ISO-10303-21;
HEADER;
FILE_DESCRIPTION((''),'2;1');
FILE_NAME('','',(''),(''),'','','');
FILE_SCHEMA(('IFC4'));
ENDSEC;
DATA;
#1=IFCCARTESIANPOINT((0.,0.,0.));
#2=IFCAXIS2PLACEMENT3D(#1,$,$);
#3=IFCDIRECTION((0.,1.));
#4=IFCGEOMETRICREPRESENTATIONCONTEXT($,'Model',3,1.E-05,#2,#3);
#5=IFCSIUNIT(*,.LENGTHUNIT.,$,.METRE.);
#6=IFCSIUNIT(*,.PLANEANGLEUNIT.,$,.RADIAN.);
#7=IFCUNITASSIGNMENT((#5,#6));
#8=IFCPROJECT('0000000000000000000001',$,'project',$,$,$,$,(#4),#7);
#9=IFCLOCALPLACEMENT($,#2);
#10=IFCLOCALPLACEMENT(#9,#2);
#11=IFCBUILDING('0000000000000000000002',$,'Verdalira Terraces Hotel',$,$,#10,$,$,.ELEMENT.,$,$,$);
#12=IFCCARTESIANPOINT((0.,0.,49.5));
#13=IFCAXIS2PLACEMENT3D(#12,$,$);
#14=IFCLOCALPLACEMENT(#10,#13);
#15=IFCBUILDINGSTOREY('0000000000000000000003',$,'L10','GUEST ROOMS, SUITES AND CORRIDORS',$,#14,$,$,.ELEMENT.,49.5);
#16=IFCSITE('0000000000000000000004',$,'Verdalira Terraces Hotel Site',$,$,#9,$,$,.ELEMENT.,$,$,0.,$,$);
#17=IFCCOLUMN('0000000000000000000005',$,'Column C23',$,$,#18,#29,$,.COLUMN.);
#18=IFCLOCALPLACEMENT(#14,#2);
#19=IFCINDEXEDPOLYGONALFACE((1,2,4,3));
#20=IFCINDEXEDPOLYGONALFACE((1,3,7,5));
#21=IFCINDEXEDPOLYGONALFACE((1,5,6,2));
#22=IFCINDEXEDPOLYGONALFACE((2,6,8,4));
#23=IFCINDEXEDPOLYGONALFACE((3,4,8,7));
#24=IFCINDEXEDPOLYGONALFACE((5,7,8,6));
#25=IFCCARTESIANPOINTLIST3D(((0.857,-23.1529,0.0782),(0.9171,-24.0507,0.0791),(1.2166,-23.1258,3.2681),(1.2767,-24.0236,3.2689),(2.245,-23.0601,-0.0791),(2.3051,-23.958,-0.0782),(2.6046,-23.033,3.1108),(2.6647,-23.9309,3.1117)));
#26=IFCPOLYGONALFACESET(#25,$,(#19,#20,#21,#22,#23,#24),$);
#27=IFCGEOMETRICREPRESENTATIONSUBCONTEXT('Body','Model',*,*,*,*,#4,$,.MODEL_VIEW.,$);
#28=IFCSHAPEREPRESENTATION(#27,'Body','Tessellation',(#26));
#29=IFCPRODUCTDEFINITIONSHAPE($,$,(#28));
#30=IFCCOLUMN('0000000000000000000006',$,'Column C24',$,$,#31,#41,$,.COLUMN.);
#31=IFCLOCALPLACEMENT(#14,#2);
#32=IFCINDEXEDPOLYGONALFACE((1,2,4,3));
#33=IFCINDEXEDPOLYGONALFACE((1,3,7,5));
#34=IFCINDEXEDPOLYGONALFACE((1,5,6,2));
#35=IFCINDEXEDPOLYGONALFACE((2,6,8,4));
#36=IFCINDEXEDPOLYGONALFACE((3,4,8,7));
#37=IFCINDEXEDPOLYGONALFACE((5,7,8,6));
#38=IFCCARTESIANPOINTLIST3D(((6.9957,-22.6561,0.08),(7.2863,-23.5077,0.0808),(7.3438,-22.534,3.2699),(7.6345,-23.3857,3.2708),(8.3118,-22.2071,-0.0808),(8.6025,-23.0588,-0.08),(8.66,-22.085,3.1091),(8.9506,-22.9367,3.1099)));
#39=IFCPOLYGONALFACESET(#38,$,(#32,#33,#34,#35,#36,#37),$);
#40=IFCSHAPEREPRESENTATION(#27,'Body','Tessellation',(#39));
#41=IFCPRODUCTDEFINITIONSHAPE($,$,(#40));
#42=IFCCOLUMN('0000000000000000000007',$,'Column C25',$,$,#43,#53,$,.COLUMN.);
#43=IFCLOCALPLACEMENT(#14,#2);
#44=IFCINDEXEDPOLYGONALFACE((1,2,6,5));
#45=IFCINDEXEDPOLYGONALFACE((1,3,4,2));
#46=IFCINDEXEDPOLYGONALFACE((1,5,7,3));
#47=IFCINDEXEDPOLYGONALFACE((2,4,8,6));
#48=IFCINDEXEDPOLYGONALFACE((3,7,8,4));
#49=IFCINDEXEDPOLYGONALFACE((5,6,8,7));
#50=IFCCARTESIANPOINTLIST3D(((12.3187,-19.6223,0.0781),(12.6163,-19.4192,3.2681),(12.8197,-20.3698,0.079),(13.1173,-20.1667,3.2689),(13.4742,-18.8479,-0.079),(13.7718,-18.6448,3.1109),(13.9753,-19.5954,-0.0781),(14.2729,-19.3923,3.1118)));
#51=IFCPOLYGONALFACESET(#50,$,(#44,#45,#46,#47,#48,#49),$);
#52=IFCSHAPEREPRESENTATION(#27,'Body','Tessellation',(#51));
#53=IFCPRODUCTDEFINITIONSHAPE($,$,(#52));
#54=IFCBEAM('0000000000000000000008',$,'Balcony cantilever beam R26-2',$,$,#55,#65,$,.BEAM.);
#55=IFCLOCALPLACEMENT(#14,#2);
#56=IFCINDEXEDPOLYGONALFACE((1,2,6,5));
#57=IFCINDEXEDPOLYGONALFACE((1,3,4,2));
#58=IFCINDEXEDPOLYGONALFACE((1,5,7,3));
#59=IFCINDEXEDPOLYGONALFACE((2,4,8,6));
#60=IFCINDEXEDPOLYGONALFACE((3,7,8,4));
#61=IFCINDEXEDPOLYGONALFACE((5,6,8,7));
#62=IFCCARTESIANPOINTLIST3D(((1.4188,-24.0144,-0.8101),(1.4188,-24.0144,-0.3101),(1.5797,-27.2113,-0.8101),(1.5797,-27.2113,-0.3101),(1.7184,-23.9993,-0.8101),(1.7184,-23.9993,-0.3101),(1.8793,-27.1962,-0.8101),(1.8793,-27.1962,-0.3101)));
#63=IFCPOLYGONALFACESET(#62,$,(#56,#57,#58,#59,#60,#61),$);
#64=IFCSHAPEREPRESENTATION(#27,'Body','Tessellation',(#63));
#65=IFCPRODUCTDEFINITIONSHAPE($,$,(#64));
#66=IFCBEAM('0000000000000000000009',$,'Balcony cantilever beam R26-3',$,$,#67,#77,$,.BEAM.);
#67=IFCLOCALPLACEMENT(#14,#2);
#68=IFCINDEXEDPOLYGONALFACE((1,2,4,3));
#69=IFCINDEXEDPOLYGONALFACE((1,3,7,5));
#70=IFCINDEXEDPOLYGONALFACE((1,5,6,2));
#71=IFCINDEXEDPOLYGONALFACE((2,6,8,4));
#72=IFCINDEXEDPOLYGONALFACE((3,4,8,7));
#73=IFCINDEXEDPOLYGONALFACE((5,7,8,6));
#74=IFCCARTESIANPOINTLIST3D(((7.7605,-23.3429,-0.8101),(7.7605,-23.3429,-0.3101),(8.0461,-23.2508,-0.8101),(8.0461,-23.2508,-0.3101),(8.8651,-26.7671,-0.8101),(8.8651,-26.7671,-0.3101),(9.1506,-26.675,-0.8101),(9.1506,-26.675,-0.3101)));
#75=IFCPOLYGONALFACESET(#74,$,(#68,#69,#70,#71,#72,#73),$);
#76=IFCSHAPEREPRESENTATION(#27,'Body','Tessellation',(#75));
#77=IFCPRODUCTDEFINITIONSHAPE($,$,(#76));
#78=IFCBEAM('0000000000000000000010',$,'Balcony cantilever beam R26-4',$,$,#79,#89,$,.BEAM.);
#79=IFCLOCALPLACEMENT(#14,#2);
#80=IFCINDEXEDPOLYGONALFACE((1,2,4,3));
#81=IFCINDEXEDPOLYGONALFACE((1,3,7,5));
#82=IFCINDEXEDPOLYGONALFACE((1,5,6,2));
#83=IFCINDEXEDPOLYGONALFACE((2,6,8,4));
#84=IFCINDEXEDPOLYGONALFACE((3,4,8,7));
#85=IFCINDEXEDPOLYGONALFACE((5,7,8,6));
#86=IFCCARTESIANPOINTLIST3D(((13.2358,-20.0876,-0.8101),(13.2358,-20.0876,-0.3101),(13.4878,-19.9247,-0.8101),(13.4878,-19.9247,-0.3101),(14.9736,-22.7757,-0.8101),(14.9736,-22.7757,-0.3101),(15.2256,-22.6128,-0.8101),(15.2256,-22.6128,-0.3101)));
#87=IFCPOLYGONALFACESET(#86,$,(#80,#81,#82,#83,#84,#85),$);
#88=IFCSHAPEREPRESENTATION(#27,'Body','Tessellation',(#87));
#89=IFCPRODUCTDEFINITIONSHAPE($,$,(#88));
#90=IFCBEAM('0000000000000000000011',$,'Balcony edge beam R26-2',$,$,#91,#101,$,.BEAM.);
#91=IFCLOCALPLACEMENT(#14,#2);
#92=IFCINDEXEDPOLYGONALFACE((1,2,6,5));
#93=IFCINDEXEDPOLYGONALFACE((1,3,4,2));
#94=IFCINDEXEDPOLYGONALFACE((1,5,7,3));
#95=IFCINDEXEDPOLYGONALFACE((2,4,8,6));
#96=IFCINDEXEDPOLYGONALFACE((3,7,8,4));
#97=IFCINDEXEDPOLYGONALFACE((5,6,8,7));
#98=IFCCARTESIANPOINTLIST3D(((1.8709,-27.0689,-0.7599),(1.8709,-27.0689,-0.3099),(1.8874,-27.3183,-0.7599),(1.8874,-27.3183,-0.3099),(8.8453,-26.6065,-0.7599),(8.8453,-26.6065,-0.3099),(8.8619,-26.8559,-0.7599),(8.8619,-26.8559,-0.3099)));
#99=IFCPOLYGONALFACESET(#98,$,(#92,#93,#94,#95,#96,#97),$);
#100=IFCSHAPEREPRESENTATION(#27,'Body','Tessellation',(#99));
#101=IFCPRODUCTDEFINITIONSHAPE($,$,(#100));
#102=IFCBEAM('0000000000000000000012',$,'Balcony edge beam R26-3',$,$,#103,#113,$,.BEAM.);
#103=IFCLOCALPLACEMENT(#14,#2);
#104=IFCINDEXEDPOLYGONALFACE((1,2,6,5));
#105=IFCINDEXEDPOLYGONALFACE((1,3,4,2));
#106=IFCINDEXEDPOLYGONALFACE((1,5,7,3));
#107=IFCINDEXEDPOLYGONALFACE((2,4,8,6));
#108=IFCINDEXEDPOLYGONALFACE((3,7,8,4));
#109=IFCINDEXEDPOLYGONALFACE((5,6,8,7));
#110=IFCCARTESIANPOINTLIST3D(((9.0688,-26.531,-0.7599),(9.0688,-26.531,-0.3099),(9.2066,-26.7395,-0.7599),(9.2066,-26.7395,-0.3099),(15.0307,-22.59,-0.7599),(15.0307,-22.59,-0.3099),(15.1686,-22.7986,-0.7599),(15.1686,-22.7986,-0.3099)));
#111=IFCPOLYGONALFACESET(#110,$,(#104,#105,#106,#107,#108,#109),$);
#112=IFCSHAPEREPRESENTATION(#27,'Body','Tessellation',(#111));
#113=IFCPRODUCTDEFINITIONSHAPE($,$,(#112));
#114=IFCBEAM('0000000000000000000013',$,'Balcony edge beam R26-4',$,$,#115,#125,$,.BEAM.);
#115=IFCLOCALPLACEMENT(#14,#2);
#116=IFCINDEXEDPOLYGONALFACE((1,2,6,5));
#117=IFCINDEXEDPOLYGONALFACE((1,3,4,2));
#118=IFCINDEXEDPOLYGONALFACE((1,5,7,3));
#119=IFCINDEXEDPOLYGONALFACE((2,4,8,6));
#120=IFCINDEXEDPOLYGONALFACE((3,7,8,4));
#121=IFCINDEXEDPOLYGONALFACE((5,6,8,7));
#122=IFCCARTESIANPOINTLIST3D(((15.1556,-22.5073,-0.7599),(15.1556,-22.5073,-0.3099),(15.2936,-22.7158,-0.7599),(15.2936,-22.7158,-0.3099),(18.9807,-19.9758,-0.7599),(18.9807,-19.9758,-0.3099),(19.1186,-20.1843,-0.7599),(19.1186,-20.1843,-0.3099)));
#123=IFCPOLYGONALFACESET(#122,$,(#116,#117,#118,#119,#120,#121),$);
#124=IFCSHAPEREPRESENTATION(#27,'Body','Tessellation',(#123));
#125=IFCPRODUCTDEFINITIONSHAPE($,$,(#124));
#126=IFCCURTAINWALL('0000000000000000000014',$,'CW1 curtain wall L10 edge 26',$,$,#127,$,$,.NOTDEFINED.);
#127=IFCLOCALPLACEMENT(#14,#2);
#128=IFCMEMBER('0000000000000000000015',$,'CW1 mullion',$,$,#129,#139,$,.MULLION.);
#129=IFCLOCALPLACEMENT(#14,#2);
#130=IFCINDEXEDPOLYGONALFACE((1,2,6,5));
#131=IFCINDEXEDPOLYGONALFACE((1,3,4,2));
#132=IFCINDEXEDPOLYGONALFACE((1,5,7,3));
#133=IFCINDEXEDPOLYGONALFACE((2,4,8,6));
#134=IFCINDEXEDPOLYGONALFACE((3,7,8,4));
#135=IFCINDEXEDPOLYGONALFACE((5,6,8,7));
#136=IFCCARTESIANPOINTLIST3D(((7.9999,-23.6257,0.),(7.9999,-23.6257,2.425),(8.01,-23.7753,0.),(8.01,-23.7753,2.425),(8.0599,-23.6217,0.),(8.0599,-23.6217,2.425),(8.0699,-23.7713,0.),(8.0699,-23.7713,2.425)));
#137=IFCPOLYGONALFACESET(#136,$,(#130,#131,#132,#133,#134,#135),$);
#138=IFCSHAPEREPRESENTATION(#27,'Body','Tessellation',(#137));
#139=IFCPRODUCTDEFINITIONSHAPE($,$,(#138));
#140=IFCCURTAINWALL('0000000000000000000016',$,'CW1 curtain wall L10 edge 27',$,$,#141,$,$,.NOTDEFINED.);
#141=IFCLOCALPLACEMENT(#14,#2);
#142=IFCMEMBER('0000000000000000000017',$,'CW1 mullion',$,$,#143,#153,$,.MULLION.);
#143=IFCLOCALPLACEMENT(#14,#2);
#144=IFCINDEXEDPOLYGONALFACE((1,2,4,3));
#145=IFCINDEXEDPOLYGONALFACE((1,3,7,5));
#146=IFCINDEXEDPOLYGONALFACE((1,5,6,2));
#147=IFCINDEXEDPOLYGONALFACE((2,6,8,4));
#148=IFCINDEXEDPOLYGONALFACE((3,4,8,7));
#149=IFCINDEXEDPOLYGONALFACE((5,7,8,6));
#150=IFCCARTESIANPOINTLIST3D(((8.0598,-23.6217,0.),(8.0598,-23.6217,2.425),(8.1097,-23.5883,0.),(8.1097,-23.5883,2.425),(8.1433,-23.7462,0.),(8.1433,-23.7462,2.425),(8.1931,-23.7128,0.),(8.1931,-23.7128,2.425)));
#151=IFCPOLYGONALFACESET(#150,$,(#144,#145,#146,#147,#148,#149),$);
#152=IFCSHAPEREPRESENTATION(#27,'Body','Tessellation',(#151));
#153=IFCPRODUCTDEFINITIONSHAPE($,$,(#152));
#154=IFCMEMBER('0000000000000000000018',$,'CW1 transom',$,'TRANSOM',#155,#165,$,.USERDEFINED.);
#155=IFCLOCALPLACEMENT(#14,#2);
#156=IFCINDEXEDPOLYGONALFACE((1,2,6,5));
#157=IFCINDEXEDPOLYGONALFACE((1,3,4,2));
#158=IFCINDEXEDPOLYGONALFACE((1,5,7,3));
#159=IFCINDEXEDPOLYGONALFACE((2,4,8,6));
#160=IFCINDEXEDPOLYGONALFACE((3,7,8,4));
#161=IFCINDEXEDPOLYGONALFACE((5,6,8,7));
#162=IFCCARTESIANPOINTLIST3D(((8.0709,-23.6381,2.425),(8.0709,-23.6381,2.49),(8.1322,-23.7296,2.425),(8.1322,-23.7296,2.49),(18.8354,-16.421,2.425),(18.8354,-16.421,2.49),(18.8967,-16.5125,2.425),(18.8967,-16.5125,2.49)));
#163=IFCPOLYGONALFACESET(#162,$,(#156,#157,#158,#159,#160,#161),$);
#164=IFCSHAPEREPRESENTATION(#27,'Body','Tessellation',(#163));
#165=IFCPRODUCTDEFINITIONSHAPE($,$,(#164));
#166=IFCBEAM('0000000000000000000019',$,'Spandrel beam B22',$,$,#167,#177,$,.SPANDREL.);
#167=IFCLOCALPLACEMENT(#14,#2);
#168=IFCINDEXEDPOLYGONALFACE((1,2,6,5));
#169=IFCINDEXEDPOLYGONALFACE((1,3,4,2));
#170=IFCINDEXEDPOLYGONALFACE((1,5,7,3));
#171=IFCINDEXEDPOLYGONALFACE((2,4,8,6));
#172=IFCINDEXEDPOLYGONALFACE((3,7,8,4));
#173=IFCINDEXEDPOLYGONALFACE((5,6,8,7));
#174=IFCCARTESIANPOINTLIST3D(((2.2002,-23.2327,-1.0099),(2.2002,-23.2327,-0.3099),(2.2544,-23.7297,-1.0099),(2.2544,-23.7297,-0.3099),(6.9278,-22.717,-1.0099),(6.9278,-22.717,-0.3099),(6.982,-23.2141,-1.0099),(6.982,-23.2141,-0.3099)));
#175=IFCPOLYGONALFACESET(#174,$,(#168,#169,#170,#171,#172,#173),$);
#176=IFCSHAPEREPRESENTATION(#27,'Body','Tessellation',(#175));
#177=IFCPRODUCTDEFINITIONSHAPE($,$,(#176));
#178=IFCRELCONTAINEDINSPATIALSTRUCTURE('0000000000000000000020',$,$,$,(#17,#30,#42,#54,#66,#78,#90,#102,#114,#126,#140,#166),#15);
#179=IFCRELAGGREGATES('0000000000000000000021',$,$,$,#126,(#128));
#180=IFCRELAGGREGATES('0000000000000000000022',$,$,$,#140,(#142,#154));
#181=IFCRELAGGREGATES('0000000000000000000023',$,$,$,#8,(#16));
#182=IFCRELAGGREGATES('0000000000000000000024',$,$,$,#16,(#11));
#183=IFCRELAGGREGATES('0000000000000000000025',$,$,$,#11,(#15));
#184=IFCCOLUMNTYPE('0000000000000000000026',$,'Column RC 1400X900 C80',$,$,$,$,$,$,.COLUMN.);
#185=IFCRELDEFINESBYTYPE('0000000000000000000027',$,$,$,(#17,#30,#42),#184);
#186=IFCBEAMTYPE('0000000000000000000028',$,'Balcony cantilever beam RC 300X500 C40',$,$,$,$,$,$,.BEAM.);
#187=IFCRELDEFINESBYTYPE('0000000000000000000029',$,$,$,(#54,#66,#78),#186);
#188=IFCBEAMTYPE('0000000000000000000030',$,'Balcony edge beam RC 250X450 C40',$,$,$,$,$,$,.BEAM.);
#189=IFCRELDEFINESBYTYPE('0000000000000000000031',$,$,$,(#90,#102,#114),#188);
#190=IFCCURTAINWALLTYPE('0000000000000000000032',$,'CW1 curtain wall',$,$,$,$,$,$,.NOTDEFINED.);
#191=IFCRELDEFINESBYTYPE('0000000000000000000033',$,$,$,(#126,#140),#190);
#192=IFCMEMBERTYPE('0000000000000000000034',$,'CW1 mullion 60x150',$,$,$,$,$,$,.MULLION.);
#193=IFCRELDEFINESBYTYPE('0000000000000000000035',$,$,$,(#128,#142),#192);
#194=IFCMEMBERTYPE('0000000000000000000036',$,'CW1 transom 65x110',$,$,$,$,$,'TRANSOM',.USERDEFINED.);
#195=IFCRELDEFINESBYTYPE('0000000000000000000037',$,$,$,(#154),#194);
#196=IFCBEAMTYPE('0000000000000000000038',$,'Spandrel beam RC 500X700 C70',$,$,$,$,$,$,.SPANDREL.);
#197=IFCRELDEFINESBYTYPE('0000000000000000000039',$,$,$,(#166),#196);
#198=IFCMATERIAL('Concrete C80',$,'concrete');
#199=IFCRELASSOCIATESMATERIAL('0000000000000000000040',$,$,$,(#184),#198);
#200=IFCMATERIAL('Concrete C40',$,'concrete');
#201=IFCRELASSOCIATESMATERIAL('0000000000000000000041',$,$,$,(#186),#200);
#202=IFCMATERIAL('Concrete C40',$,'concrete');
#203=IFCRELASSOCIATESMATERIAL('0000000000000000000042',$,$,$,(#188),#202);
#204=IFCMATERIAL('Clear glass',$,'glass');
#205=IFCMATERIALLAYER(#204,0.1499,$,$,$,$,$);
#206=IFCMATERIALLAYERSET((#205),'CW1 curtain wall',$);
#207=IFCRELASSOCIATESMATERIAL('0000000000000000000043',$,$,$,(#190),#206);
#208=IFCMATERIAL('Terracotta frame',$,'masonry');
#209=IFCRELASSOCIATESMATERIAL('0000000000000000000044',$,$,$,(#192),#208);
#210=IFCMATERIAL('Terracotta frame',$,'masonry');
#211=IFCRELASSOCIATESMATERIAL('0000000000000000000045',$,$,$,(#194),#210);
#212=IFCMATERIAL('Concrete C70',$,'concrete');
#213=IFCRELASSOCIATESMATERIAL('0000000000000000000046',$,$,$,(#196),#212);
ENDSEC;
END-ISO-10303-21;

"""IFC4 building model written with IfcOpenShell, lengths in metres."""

from ifc_helpers import new_model, si_unit, direction, frame, origin, origin_2d, place, context, subcontext, project, spatial, rectangle, extrude, material, layer, layer_set, material_profile, profile_set, type_object, element, aggregate, save


model = new_model("IFC4")

# Units and contexts
model_context = context("Model", 3, precision=1e-05, world=origin(), true_north=direction((0.0, 1.0)))
body_context = subcontext(model_context, "Body", "Model", "MODEL_VIEW")
ifc_project = project(units=[si_unit("LENGTHUNIT", "METRE"), si_unit("PLANEANGLEUNIT", "RADIAN")], contexts=[model_context])

# Site, building, storey
site_placement = place(None, origin())
site = spatial("IfcSite", under=ifc_project, at=site_placement, Name="Verdalira Terraces Hotel Site", CompositionType="ELEMENT", RefElevation=0.0)
building_placement = place(site_placement, origin())
building = spatial("IfcBuilding", under=site, at=building_placement, Name="Verdalira Terraces Hotel", CompositionType="ELEMENT")
storey_placement = place(building_placement, frame((0.0, 0.0, 49.5)))
storey = spatial("IfcBuildingStorey", under=building, at=storey_placement, Name="L10", Description="GUEST ROOMS, SUITES AND CORRIDORS", CompositionType="ELEMENT", Elevation=49.5)

# Columns
ifc_material_1 = material(Name="Concrete C80", Category="concrete")
ifc_material_profile_1 = material_profile(ifc_material_1, rectangle(XDim=1.3999, YDim=0.8999, at=origin_2d()), Name="RC 1400X900")
ifc_profile_set_1 = profile_set([ifc_material_profile_1], Name="Concrete C80")
column_type = type_object("IfcColumnType", Name="Column RC 1400X900 C80", PredefinedType="COLUMN", material=ifc_profile_set_1)
column_1_placement = place(storey_placement, frame((1.5811, -23.5554, 0.0), z_axis=(0.112022, 0.008442, 0.99367), x_axis=(0.991459, 0.066257, -0.112335)))
element("IfcColumn", 1, at=column_1_placement, inside=storey, type_object=column_type, Name="Column C23", PredefinedType="COLUMN", context=body_context, shape_type="SweptSolid", body=[
    extrude(rectangle(XDim=1.3999, YDim=0.8999, at=origin_2d()), origin(), (0.0, 0.0, 1.0), 3.2102),
])
column_2_placement = place(storey_placement, frame((7.7991, -22.8574, 0.0), z_axis=(0.108416, 0.038014, 0.993379), x_axis=(-0.940181, -0.32072, 0.114883)))
element("IfcColumn", 2, at=column_2_placement, inside=storey, type_object=column_type, Name="Column C24", PredefinedType="COLUMN", context=body_context, shape_type="SweptSolid", body=[
    extrude(rectangle(XDim=1.3999, YDim=0.8999, at=origin_2d()), origin(), (0.0, 0.0, 1.0), 3.2112),
])
column_3_placement = place(storey_placement, frame((13.147, -19.6089, 0.0), z_axis=(0.092706, 0.063274, 0.993681), x_axis=(0.82546, 0.55319, -0.112237)))
element("IfcColumn", 3, at=column_3_placement, inside=storey, type_object=column_type, Name="Column C25", PredefinedType="COLUMN", context=body_context, shape_type="SweptSolid", body=[
    extrude(rectangle(XDim=1.3999, YDim=0.8999, at=origin_2d()), origin(), (0.0, 0.0, 1.0), 3.2102),
])

# Beams
ifc_material_2 = material(Name="Concrete C40", Category="concrete")
ifc_material_profile_2 = material_profile(ifc_material_2, rectangle(XDim=0.3, YDim=0.5, at=origin_2d()), Name="RC 300X500")
ifc_profile_set_2 = profile_set([ifc_material_profile_2], Name="Concrete C40")
beam_type_1 = type_object("IfcBeamType", Name="Balcony cantilever beam RC 300X500 C40", PredefinedType="BEAM", material=ifc_profile_set_2)
beam_1_placement = place(storey_placement, frame((1.5686, -24.0068, -0.5601), z_axis=(0.050265, -0.998736, 0.0), x_axis=(0.998736, 0.050265, 0.0)))
element("IfcBeam", 4, at=beam_1_placement, inside=storey, type_object=beam_type_1, Name="Balcony cantilever beam R26-2", PredefinedType="BEAM", context=body_context, shape_type="SweptSolid", body=[
    extrude(rectangle(XDim=0.3, YDim=0.5, at=origin_2d()), origin(), (0.0, 0.0, 1.0), 3.2009),
])
beam_2_placement = place(storey_placement, frame((7.9033, -23.2969, -0.5601), z_axis=(0.306991, -0.951712, 0.0), x_axis=(0.951712, 0.306991, 0.0)))
element("IfcBeam", 5, at=beam_2_placement, inside=storey, type_object=beam_type_1, Name="Balcony cantilever beam R26-3", PredefinedType="BEAM", context=body_context, shape_type="SweptSolid", body=[
    extrude(rectangle(XDim=0.3, YDim=0.5, at=origin_2d()), origin(), (0.0, 0.0, 1.0), 3.5979),
])
beam_3_placement = place(storey_placement, frame((13.3618, -20.0061, -0.5601), z_axis=(0.542888, -0.839805, 0.0), x_axis=(0.839805, 0.542888, 0.0)))
element("IfcBeam", 6, at=beam_3_placement, inside=storey, type_object=beam_type_1, Name="Balcony cantilever beam R26-4", PredefinedType="BEAM", context=body_context, shape_type="SweptSolid", body=[
    extrude(rectangle(XDim=0.3, YDim=0.5, at=origin_2d()), origin(), (0.0, 0.0, 1.0), 3.2009),
])
ifc_material_3 = material(Name="Concrete C40", Category="concrete")
ifc_material_profile_3 = material_profile(ifc_material_3, rectangle(XDim=0.25, YDim=0.45, at=origin_2d()), Name="RC 250X450")
ifc_profile_set_3 = profile_set([ifc_material_profile_3], Name="Concrete C40")
beam_type_2 = type_object("IfcBeamType", Name="Balcony edge beam RC 250X450 C40", PredefinedType="BEAM", material=ifc_profile_set_3)
beam_4_placement = place(storey_placement, frame((1.8792, -27.1936, -0.5349), z_axis=(0.997809, 0.066155, 0.0), x_axis=(-0.066155, 0.997809, 0.0)))
element("IfcBeam", 7, at=beam_4_placement, inside=storey, type_object=beam_type_2, Name="Balcony edge beam R26-2", PredefinedType="BEAM", context=body_context, shape_type="SweptSolid", body=[
    extrude(rectangle(XDim=0.25, YDim=0.45, at=origin_2d()), origin(), (0.0, 0.0, 1.0), 6.9897),
])
beam_5_placement = place(storey_placement, frame((9.1377, -26.6353, -0.5349), z_axis=(0.83422, 0.551432, 0.0), x_axis=(-0.551432, 0.83422, 0.0)))
element("IfcBeam", 8, at=beam_5_placement, inside=storey, type_object=beam_type_2, Name="Balcony edge beam R26-3", PredefinedType="BEAM", context=body_context, shape_type="SweptSolid", body=[
    extrude(rectangle(XDim=0.25, YDim=0.45, at=origin_2d()), origin(), (0.0, 0.0, 1.0), 7.1467),
])
beam_6_placement = place(storey_placement, frame((15.2246, -22.6116, -0.5349), z_axis=(0.833904, 0.551909, 0.0), x_axis=(-0.551909, 0.833904, 0.0)))
element("IfcBeam", 9, at=beam_6_placement, inside=storey, type_object=beam_type_2, Name="Balcony edge beam R26-4", PredefinedType="BEAM", context=body_context, shape_type="SweptSolid", body=[
    extrude(rectangle(XDim=0.25, YDim=0.45, at=origin_2d()), origin(), (0.0, 0.0, 1.0), 4.5869),
])

# Curtain wall, member
ifc_material_4 = material(Name="Clear glass", Category="glass")
ifc_layer_1 = layer(ifc_material_4, 0.1499)
ifc_layer_set_1 = layer_set([ifc_layer_1], Name="CW1 curtain wall")
curtain_wall_type_1 = type_object("IfcCurtainWallType", Name="CW1 curtain wall", PredefinedType="NOTDEFINED", material=ifc_layer_set_1)
curtain_wall_1_placement = place(storey_placement, origin())
curtain_wall_1 = element("IfcCurtainWall", 10, at=curtain_wall_1_placement, inside=storey, type_object=curtain_wall_type_1, Name="CW1 curtain wall L10 edge 26", PredefinedType="NOTDEFINED")
ifc_material_5 = material(Name="Terracotta frame", Category="masonry")
ifc_material_profile_4 = material_profile(ifc_material_5, rectangle(XDim=0.0601, YDim=0.1499, at=origin_2d()), Name="MU 60x150")
ifc_profile_set_4 = profile_set([ifc_material_profile_4], Name="Terracotta frame")
member_type_1 = type_object("IfcMemberType", Name="CW1 mullion 60x150", PredefinedType="MULLION", material=ifc_profile_set_4)
member_1_placement = place(storey_placement, frame((8.0349, -23.6985, 0.0), z_axis=(0.0, 0.0, 1.0), x_axis=(0.997755, 0.06697, 0.0)))
member_1 = element("IfcMember", 11, at=member_1_placement, type_object=member_type_1, Name="CW1 mullion", PredefinedType="MULLION", context=body_context, shape_type="SweptSolid", body=[
    extrude(rectangle(XDim=0.0601, YDim=0.1499, at=origin_2d()), origin(), (0.0, 0.0, 1.0), 2.425),
])

# Curtain wall, members
curtain_wall_2_placement = place(storey_placement, origin())
curtain_wall_2 = element("IfcCurtainWall", 12, at=curtain_wall_2_placement, inside=storey, type_object=curtain_wall_type_1, Name="CW1 curtain wall L10 edge 27", PredefinedType="NOTDEFINED")
member_2_placement = place(storey_placement, frame((8.1265, -23.6672, 0.0), z_axis=(0.0, 0.0, 1.0), x_axis=(0.830596, 0.556876, 0.0)))
member_2 = element("IfcMember", 13, at=member_2_placement, type_object=member_type_1, Name="CW1 mullion", PredefinedType="MULLION", context=body_context, shape_type="SweptSolid", body=[
    extrude(rectangle(XDim=0.0601, YDim=0.1499, at=origin_2d()), origin(), (0.0, 0.0, 1.0), 2.425),
])
ifc_material_6 = material(Name="Terracotta frame", Category="masonry")
ifc_material_profile_5 = material_profile(ifc_material_6, rectangle(XDim=0.1101, YDim=0.0649, at=origin_2d()), Name="TR 65x110")
ifc_profile_set_5 = profile_set([ifc_material_profile_5], Name="Terracotta frame")
member_type_2 = type_object("IfcMemberType", Name="CW1 transom 65x110", ElementType="TRANSOM", PredefinedType="USERDEFINED", material=ifc_profile_set_5)
member_3_placement = place(storey_placement, frame((8.1016, -23.6838, 2.4575), z_axis=(0.830595, 0.556876, 0.0), x_axis=(-0.556876, 0.830595, 0.0)))
member_3 = element("IfcMember", 14, at=member_3_placement, type_object=member_type_2, Name="CW1 transom", ObjectType="TRANSOM", PredefinedType="USERDEFINED", context=body_context, shape_type="SweptSolid", body=[
    extrude(rectangle(XDim=0.1101, YDim=0.0649, at=origin_2d()), origin(), (0.0, 0.0, 1.0), 12.96),
])

# Beam
ifc_material_7 = material(Name="Concrete C70", Category="concrete")
ifc_material_profile_6 = material_profile(ifc_material_7, rectangle(XDim=0.5, YDim=0.7, at=origin_2d()), Name="RC 500X700")
ifc_profile_set_6 = profile_set([ifc_material_profile_6], Name="Concrete C70")
beam_type_3 = type_object("IfcBeamType", Name="Spandrel beam RC 500X700 C70", PredefinedType="SPANDREL", material=ifc_profile_set_6)
beam_7_placement = place(storey_placement, frame((2.2273, -23.4812, -0.6599), z_axis=(0.994105, 0.108425, 0.0), x_axis=(-0.108425, 0.994105, 0.0)))
element("IfcBeam", 15, at=beam_7_placement, inside=storey, type_object=beam_type_3, Name="Spandrel beam B22", PredefinedType="SPANDREL", context=body_context, shape_type="SweptSolid", body=[
    extrude(rectangle(XDim=0.5, YDim=0.7, at=origin_2d()), origin(), (0.0, 0.0, 1.0), 4.7556),
])

aggregate(curtain_wall_1, [member_1])
aggregate(curtain_wall_2, [member_2, member_3])

save(model, "model.ifc")
